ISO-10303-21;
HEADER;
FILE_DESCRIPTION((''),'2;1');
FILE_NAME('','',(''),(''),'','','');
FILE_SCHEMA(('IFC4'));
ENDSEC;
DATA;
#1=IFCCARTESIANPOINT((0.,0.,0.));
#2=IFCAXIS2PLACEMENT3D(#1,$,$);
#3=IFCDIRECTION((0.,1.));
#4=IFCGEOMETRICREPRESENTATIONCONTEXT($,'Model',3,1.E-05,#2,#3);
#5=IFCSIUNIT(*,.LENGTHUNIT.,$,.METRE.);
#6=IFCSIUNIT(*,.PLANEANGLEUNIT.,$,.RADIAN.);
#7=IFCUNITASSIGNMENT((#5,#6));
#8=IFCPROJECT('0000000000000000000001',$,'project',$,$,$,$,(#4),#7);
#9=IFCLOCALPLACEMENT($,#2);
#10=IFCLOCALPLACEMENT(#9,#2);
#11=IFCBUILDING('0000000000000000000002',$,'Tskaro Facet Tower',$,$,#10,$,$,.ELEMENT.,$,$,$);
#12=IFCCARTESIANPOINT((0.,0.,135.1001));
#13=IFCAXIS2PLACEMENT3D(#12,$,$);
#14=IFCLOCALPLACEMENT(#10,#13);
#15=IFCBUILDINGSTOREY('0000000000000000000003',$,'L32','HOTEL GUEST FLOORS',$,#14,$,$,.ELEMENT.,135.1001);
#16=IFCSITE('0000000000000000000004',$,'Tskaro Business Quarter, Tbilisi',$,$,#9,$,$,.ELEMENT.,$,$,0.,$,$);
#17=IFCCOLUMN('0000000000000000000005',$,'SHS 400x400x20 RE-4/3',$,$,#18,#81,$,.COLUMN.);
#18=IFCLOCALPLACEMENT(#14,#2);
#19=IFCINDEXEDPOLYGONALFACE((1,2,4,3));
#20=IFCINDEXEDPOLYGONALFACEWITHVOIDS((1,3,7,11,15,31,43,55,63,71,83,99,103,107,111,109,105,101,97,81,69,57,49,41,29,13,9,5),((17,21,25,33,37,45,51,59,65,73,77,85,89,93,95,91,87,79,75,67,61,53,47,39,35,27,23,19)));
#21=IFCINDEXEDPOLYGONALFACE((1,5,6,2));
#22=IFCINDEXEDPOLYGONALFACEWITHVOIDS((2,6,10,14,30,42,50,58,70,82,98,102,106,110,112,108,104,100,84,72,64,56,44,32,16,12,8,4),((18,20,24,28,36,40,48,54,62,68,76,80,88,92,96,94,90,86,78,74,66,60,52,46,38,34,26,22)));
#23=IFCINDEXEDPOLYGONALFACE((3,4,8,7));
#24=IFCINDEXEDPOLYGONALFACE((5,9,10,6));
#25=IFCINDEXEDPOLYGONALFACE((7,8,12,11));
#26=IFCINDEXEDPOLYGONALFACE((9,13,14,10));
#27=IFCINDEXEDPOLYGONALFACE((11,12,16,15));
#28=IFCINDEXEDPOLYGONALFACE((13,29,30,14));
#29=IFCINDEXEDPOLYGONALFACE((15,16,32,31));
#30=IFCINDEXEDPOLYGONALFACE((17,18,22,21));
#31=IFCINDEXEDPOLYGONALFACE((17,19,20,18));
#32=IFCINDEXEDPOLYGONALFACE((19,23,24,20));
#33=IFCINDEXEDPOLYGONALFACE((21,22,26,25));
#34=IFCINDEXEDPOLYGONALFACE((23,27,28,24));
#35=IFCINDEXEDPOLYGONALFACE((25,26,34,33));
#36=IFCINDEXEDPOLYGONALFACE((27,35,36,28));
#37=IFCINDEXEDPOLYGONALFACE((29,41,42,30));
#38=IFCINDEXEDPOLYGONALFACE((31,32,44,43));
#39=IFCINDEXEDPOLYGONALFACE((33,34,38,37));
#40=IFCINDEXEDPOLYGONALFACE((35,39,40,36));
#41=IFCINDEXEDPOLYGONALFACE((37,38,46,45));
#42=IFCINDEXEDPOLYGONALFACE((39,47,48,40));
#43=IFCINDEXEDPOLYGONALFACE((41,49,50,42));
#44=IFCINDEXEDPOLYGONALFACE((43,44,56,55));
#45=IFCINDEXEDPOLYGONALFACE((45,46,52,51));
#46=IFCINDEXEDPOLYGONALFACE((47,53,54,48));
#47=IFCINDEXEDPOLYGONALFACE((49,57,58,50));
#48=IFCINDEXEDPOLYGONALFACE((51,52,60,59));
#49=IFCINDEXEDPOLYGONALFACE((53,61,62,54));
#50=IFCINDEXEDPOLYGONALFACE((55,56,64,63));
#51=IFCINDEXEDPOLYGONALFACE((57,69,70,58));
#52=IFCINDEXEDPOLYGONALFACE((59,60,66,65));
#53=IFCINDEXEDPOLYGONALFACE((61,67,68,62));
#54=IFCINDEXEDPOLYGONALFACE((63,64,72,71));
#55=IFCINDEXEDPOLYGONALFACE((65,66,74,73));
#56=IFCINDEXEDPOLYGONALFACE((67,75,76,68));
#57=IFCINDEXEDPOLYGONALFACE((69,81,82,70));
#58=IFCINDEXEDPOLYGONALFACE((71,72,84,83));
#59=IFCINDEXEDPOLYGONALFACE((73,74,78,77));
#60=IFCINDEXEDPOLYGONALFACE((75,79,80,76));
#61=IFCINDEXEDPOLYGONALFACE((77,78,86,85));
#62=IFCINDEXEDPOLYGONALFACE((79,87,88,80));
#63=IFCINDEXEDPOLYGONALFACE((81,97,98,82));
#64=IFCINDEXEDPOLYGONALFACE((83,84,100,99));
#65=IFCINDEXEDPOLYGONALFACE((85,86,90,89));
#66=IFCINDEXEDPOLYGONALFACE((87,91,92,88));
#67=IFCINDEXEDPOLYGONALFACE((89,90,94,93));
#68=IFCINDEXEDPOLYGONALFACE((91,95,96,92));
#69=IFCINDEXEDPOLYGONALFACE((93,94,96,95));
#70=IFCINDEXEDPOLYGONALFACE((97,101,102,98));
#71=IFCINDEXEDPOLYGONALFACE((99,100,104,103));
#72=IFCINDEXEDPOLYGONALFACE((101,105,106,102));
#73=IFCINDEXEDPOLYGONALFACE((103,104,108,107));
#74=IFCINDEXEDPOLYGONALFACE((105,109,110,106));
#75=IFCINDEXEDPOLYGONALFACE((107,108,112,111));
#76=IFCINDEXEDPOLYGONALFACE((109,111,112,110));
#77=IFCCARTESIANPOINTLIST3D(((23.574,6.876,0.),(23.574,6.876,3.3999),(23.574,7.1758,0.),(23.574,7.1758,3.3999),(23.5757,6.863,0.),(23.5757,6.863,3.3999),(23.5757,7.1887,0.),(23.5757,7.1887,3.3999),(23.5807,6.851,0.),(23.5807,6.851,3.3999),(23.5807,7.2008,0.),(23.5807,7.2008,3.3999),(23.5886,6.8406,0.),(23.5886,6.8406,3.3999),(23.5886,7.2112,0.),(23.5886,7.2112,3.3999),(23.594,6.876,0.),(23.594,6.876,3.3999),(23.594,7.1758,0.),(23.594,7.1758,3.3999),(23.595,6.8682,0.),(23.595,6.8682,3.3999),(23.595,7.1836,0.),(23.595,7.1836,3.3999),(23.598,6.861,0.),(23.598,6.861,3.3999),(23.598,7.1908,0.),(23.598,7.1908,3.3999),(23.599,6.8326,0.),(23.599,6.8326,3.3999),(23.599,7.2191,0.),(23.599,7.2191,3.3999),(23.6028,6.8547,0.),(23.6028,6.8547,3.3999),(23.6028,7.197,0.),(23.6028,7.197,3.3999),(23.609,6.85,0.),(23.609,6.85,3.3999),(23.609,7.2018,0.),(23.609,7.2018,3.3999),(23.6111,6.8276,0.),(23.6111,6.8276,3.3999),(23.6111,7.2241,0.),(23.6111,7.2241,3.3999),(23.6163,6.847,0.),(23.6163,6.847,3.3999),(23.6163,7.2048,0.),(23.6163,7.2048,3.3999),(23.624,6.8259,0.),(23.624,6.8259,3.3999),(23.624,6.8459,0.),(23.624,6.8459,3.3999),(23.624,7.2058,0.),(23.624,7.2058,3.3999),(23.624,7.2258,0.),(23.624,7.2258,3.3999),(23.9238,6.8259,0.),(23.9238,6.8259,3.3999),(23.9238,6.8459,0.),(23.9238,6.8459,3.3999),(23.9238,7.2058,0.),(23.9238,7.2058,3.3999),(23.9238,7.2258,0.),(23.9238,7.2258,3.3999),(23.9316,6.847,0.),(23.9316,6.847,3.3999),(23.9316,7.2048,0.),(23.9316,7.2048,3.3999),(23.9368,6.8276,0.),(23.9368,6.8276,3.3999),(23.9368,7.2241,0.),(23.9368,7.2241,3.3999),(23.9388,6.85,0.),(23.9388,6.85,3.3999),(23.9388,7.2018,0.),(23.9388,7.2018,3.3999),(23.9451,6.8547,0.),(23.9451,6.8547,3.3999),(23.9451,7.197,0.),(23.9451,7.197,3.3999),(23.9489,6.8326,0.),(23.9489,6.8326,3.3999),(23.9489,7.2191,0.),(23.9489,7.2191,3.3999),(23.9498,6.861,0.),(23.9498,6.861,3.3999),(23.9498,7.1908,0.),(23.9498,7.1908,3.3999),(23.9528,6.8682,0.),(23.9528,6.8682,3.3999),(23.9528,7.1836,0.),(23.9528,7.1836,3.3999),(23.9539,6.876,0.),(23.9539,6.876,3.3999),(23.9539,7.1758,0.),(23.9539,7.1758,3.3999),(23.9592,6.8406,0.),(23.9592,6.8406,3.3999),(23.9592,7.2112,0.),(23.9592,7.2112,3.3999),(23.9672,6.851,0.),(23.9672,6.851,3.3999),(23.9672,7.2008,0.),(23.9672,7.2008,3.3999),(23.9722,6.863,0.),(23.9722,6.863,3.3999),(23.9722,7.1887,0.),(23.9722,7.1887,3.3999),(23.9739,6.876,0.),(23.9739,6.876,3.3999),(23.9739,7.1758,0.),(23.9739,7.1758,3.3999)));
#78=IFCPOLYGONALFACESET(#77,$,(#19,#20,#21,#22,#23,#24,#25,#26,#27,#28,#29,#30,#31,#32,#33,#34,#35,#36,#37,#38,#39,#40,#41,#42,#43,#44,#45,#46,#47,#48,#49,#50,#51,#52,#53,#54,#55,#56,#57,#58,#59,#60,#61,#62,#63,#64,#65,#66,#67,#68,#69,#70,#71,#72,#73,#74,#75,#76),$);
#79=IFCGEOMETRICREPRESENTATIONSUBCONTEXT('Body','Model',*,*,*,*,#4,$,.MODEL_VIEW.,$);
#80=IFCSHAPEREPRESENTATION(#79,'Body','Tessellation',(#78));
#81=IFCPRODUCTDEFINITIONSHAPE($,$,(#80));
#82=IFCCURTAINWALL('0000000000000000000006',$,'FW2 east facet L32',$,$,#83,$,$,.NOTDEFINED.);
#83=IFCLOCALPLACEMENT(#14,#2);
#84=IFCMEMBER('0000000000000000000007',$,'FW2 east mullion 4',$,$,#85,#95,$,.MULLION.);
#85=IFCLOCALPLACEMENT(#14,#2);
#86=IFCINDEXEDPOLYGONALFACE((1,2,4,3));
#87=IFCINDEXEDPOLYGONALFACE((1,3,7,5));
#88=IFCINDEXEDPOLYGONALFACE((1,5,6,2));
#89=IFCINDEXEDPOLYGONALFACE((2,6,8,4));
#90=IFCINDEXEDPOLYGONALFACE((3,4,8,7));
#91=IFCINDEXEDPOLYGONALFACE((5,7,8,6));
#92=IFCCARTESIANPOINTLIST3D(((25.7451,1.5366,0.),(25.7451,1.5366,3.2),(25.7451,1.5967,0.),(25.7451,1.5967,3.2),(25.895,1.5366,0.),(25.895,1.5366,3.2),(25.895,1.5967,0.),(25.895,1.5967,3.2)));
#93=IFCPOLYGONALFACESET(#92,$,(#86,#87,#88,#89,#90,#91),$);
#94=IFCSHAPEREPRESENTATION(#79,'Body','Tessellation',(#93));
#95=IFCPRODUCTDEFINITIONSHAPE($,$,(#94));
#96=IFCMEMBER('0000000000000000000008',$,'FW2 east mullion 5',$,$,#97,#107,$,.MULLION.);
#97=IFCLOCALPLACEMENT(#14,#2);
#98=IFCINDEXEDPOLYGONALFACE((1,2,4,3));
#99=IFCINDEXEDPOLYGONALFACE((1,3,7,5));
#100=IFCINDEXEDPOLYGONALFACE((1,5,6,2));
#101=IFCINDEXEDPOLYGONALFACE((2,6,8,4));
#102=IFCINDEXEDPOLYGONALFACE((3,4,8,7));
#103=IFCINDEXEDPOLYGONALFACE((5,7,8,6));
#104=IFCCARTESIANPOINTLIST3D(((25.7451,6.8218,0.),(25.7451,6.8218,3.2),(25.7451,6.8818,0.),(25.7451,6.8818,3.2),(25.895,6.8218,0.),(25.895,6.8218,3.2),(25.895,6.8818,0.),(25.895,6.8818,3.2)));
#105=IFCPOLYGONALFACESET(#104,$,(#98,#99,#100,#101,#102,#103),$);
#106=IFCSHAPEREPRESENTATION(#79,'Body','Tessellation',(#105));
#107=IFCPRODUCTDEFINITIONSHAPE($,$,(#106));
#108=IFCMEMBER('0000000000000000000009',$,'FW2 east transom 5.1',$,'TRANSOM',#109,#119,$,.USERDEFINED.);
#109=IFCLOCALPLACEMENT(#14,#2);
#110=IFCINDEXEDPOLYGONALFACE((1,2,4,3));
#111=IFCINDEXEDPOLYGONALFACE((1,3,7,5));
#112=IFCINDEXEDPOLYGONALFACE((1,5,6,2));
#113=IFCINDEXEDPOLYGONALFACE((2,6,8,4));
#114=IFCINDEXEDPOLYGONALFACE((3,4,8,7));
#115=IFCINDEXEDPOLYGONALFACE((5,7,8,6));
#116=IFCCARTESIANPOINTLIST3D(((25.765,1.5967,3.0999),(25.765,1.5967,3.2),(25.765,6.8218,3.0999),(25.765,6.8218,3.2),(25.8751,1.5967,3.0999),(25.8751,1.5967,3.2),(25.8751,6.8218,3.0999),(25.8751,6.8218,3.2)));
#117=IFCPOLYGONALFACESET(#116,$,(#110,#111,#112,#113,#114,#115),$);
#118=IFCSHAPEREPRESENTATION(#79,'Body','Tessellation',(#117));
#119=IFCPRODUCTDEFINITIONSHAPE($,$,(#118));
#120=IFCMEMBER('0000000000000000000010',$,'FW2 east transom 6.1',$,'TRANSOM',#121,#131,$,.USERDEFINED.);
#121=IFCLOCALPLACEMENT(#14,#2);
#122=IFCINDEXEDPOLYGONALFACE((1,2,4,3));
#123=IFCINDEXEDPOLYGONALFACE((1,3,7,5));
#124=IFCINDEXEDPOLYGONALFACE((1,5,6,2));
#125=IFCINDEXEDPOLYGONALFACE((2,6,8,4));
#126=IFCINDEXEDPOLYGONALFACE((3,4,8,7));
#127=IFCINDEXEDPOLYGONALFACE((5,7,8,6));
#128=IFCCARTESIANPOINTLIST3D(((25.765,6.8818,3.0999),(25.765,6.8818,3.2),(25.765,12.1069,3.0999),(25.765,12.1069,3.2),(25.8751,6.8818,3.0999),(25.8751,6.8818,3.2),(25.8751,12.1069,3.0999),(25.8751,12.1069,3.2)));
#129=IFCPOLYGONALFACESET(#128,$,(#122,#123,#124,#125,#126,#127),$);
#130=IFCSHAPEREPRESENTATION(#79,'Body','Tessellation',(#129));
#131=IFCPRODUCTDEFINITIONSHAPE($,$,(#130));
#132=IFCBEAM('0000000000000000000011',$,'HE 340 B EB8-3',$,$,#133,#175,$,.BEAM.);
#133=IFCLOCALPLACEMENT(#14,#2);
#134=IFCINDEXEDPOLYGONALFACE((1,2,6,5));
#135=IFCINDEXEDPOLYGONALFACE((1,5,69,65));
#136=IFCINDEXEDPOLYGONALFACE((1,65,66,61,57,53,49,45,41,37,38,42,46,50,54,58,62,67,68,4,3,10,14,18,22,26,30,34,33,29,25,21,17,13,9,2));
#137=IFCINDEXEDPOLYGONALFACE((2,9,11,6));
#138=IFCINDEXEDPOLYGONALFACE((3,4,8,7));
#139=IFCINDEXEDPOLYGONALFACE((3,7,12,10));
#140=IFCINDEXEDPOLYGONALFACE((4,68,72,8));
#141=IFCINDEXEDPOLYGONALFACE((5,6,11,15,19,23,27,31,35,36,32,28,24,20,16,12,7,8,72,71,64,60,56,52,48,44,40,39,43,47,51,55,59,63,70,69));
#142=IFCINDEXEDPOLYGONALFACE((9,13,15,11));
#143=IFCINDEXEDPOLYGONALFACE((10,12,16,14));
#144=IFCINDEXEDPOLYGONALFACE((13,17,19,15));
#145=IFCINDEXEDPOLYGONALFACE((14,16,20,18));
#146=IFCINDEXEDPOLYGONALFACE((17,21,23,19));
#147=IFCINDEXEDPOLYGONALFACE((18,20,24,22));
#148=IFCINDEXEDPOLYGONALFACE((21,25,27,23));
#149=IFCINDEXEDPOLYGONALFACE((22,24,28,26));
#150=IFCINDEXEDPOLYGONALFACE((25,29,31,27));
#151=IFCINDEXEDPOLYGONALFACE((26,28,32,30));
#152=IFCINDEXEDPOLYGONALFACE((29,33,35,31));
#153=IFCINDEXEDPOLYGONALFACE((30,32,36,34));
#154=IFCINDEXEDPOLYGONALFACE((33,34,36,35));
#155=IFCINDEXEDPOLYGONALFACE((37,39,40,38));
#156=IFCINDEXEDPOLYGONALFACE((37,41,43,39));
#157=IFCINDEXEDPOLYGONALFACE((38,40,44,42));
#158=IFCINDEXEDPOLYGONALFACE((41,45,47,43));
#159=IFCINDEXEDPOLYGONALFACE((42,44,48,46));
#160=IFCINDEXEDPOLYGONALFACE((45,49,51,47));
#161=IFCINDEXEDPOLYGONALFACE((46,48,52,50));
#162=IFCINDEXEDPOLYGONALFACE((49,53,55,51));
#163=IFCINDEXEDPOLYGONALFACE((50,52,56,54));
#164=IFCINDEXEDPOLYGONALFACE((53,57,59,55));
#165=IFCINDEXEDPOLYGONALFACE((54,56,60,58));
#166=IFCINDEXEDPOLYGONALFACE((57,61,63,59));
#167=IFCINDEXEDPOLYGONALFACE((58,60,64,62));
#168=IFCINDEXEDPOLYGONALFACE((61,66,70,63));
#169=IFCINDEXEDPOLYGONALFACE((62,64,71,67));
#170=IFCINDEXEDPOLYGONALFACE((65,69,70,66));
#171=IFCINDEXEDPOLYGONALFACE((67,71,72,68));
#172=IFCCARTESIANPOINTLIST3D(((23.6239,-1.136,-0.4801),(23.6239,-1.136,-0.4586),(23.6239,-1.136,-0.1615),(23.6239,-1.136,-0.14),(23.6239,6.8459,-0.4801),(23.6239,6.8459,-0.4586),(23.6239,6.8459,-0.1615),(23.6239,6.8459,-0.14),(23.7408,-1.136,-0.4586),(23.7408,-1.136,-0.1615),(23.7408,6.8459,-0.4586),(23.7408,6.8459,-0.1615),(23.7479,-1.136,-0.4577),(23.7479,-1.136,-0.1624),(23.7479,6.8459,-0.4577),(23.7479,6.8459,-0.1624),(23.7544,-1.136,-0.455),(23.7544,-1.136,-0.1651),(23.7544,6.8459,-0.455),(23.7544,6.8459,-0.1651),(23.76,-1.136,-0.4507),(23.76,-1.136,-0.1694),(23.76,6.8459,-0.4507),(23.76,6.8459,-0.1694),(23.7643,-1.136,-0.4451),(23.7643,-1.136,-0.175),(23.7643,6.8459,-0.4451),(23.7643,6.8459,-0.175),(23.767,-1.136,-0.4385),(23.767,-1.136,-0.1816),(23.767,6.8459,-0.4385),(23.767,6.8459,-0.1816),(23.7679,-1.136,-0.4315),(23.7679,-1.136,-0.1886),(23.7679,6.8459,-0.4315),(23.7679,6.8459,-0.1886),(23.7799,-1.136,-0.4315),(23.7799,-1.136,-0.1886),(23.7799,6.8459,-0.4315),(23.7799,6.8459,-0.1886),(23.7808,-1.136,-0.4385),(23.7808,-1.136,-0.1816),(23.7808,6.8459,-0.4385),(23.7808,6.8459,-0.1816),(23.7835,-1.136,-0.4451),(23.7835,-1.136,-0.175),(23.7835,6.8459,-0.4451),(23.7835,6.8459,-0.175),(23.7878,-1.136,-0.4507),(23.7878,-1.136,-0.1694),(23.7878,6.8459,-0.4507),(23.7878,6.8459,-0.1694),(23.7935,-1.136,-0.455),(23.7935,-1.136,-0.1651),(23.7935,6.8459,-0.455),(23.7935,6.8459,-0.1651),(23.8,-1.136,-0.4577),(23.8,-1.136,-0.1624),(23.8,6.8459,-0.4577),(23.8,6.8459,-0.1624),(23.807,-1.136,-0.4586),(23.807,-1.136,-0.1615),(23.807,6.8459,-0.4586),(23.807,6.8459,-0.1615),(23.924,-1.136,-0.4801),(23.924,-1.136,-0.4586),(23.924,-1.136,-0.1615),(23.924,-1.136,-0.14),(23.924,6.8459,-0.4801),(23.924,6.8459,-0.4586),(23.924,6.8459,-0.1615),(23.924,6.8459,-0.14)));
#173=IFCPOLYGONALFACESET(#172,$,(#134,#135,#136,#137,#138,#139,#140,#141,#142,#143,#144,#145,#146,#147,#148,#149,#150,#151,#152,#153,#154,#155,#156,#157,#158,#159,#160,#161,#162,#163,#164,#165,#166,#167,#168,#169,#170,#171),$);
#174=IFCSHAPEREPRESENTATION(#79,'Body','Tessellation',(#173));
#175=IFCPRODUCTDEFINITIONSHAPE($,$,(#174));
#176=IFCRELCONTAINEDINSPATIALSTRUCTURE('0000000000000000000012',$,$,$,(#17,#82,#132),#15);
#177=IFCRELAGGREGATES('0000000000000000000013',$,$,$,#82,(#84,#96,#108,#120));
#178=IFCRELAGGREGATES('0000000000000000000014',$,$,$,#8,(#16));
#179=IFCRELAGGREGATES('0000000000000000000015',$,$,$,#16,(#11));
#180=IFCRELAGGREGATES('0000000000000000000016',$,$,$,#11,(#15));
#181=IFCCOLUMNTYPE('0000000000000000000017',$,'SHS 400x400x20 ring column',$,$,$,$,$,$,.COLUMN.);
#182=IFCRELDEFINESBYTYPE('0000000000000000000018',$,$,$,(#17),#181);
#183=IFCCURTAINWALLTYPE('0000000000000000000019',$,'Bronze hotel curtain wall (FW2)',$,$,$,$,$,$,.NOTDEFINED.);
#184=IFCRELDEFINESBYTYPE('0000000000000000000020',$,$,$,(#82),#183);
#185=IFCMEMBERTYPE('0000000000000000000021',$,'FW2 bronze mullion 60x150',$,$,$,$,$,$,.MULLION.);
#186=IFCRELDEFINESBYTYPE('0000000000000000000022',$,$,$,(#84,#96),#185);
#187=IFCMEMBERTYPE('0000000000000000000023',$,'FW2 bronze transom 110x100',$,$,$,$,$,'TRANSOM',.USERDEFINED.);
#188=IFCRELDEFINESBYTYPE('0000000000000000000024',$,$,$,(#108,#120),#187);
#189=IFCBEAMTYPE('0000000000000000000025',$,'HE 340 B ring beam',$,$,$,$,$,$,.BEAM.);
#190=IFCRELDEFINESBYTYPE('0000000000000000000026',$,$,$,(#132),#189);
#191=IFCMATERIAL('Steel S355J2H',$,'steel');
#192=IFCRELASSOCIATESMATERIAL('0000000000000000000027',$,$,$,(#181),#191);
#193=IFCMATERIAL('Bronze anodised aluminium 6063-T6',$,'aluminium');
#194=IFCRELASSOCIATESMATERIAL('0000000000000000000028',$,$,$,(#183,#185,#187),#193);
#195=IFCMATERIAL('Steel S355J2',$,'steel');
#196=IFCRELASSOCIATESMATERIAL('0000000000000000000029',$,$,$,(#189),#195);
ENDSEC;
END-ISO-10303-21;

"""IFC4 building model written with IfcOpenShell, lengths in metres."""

from ifc_helpers import new_model, si_unit, direction, frame, origin, origin_2d, place, context, subcontext, project, spatial, rectangle, hollow_rectangle, i_section, extrude, material, material_profile, profile_set, type_object, element, aggregate, save


model = new_model("IFC4")

# Units and contexts
model_context = context("Model", 3, precision=1e-05, world=origin(), true_north=direction((0.0, 1.0)))
body_context = subcontext(model_context, "Body", "Model", "MODEL_VIEW")
ifc_project = project(units=[si_unit("LENGTHUNIT", "METRE"), si_unit("PLANEANGLEUNIT", "RADIAN")], contexts=[model_context])

# Site, building, storey
site_placement = place(None, origin())
site = spatial("IfcSite", under=ifc_project, at=site_placement, Name="Tskaro Business Quarter, Tbilisi", CompositionType="ELEMENT", RefElevation=0.0)
building_placement = place(site_placement, origin())
building = spatial("IfcBuilding", under=site, at=building_placement, Name="Tskaro Facet Tower", CompositionType="ELEMENT")
storey_placement = place(building_placement, frame((0.0, 0.0, 135.1001)))
storey = spatial("IfcBuildingStorey", under=building, at=storey_placement, Name="L32", Description="HOTEL GUEST FLOORS", CompositionType="ELEMENT", Elevation=135.1001)

# Column
ifc_material_1 = material(Name="Steel S355J2H", Category="steel")
ifc_material_profile_1 = material_profile(ifc_material_1, hollow_rectangle(XDim=0.3999, YDim=0.3999, WallThickness=0.02, InnerFilletRadius=0.03, OuterFilletRadius=0.05, at=origin_2d()), Name="SHS 400x400x20")
ifc_profile_set_1 = profile_set([ifc_material_profile_1], Name="Steel S355J2H")
column_type_1 = type_object("IfcColumnType", Name="SHS 400x400x20 ring column", PredefinedType="COLUMN", material=ifc_profile_set_1)
for number, where, z_axis, x_axis, name in (
    (1, (23.7739, 7.0259, 0.0), (0.0, 0.0, 1.0), (1.0, 0.0, 0.0), "SHS 400x400x20 RE-4/3"),
):
    element("IfcColumn", number, at=place(storey_placement, frame(where, z_axis=z_axis, x_axis=x_axis)), inside=storey, type_object=column_type_1, Name=name, PredefinedType="COLUMN", context=body_context, shape_type="SweptSolid", body=[
        extrude(hollow_rectangle(XDim=0.3999, YDim=0.3999, WallThickness=0.02, InnerFilletRadius=0.03, OuterFilletRadius=0.05, at=origin_2d()), origin(), (0.0, 0.0, 1.0), 3.3999),
    ])

# Curtain wall, members
ifc_material_2 = material(Name="Bronze anodised aluminium 6063-T6", Category="aluminium")
curtain_wall_type = type_object("IfcCurtainWallType", Name="Bronze hotel curtain wall (FW2)", PredefinedType="NOTDEFINED", material=ifc_material_2)
curtain_wall_placement = place(storey_placement, origin())
curtain_wall = element("IfcCurtainWall", 2, at=curtain_wall_placement, inside=storey, type_object=curtain_wall_type, Name="FW2 east facet L32", PredefinedType="NOTDEFINED")
ifc_material_profile_2 = material_profile(ifc_material_2, rectangle(XDim=0.0601, YDim=0.1499, at=origin_2d()), Name="Mullion 60x150")
ifc_profile_set_2 = profile_set([ifc_material_profile_2], Name="Bronze anodised aluminium 6063-T6")
member_type_1 = type_object("IfcMemberType", Name="FW2 bronze mullion 60x150", PredefinedType="MULLION", material=ifc_profile_set_2)
member_1_placement = place(storey_placement, frame((25.8201, 1.5667, 0.0), z_axis=(0.0, 0.0, 1.0), x_axis=(0.0, 1.0, 0.0)))
member_1 = element("IfcMember", 3, at=member_1_placement, type_object=member_type_1, Name="FW2 east mullion 4", PredefinedType="MULLION", context=body_context, shape_type="SweptSolid", body=[
    extrude(rectangle(XDim=0.0601, YDim=0.1499, at=origin_2d()), origin(), (0.0, 0.0, 1.0), 3.2),
])
member_2_placement = place(storey_placement, frame((25.8201, 6.8518, 0.0), z_axis=(0.0, 0.0, 1.0), x_axis=(0.0, 1.0, 0.0)))
member_2 = element("IfcMember", 4, at=member_2_placement, type_object=member_type_1, Name="FW2 east mullion 5", PredefinedType="MULLION", context=body_context, shape_type="SweptSolid", body=[
    extrude(rectangle(XDim=0.0601, YDim=0.1499, at=origin_2d()), origin(), (0.0, 0.0, 1.0), 3.2),
])
ifc_material_profile_3 = material_profile(ifc_material_2, rectangle(XDim=0.1101, YDim=0.1001, at=origin_2d()), Name="Transom 110x100")
ifc_profile_set_3 = profile_set([ifc_material_profile_3], Name="Bronze anodised aluminium 6063-T6")
member_type_2 = type_object("IfcMemberType", Name="FW2 bronze transom 110x100", ElementType="TRANSOM", PredefinedType="USERDEFINED", material=ifc_profile_set_3)
member_3_placement = place(storey_placement, frame((25.8201, 1.5967, 3.1499), z_axis=(0.0, 1.0, 0.0), x_axis=(-1.0, 0.0, 0.0)))
member_3 = element("IfcMember", 5, at=member_3_placement, type_object=member_type_2, Name="FW2 east transom 5.1", ObjectType="TRANSOM", PredefinedType="USERDEFINED", context=body_context, shape_type="SweptSolid", body=[
    extrude(rectangle(XDim=0.1101, YDim=0.1001, at=origin_2d()), origin(), (0.0, 0.0, 1.0), 5.2251),
])
member_4_placement = place(storey_placement, frame((25.8201, 6.8818, 3.1499), z_axis=(0.0, 1.0, 0.0), x_axis=(-1.0, 0.0, 0.0)))
member_4 = element("IfcMember", 6, at=member_4_placement, type_object=member_type_2, Name="FW2 east transom 6.1", ObjectType="TRANSOM", PredefinedType="USERDEFINED", context=body_context, shape_type="SweptSolid", body=[
    extrude(rectangle(XDim=0.1101, YDim=0.1001, at=origin_2d()), origin(), (0.0, 0.0, 1.0), 5.2251),
])

# Beam
ifc_material_3 = material(Name="Steel S355J2", Category="steel")
ifc_material_profile_4 = material_profile(ifc_material_3, i_section(OverallWidth=0.3, OverallDepth=0.3401, WebThickness=0.012, FlangeThickness=0.0215, FilletRadius=0.0271, at=origin_2d()), Name="HE 340 B")
ifc_profile_set_4 = profile_set([ifc_material_profile_4], Name="Steel S355J2")
beam_type_1 = type_object("IfcBeamType", Name="HE 340 B ring beam", PredefinedType="BEAM", material=ifc_profile_set_4)
for number, where, z_axis, x_axis, name in (
    (7, (23.7739, -1.136, -0.3101), (0.0, 1.0, 0.0), (-1.0, 0.0, 0.0), "HE 340 B EB8-3"),
):
    element("IfcBeam", number, at=place(storey_placement, frame(where, z_axis=z_axis, x_axis=x_axis)), inside=storey, type_object=beam_type_1, Name=name, PredefinedType="BEAM", context=body_context, shape_type="SweptSolid", body=[
        extrude(i_section(OverallWidth=0.3, OverallDepth=0.3401, WebThickness=0.012, FlangeThickness=0.0215, FilletRadius=0.0271, at=origin_2d()), origin(), (0.0, 0.0, 1.0), 7.9819),
    ])

aggregate(curtain_wall, [member_1, member_2, member_3, member_4])

save(model, "model.ifc")
